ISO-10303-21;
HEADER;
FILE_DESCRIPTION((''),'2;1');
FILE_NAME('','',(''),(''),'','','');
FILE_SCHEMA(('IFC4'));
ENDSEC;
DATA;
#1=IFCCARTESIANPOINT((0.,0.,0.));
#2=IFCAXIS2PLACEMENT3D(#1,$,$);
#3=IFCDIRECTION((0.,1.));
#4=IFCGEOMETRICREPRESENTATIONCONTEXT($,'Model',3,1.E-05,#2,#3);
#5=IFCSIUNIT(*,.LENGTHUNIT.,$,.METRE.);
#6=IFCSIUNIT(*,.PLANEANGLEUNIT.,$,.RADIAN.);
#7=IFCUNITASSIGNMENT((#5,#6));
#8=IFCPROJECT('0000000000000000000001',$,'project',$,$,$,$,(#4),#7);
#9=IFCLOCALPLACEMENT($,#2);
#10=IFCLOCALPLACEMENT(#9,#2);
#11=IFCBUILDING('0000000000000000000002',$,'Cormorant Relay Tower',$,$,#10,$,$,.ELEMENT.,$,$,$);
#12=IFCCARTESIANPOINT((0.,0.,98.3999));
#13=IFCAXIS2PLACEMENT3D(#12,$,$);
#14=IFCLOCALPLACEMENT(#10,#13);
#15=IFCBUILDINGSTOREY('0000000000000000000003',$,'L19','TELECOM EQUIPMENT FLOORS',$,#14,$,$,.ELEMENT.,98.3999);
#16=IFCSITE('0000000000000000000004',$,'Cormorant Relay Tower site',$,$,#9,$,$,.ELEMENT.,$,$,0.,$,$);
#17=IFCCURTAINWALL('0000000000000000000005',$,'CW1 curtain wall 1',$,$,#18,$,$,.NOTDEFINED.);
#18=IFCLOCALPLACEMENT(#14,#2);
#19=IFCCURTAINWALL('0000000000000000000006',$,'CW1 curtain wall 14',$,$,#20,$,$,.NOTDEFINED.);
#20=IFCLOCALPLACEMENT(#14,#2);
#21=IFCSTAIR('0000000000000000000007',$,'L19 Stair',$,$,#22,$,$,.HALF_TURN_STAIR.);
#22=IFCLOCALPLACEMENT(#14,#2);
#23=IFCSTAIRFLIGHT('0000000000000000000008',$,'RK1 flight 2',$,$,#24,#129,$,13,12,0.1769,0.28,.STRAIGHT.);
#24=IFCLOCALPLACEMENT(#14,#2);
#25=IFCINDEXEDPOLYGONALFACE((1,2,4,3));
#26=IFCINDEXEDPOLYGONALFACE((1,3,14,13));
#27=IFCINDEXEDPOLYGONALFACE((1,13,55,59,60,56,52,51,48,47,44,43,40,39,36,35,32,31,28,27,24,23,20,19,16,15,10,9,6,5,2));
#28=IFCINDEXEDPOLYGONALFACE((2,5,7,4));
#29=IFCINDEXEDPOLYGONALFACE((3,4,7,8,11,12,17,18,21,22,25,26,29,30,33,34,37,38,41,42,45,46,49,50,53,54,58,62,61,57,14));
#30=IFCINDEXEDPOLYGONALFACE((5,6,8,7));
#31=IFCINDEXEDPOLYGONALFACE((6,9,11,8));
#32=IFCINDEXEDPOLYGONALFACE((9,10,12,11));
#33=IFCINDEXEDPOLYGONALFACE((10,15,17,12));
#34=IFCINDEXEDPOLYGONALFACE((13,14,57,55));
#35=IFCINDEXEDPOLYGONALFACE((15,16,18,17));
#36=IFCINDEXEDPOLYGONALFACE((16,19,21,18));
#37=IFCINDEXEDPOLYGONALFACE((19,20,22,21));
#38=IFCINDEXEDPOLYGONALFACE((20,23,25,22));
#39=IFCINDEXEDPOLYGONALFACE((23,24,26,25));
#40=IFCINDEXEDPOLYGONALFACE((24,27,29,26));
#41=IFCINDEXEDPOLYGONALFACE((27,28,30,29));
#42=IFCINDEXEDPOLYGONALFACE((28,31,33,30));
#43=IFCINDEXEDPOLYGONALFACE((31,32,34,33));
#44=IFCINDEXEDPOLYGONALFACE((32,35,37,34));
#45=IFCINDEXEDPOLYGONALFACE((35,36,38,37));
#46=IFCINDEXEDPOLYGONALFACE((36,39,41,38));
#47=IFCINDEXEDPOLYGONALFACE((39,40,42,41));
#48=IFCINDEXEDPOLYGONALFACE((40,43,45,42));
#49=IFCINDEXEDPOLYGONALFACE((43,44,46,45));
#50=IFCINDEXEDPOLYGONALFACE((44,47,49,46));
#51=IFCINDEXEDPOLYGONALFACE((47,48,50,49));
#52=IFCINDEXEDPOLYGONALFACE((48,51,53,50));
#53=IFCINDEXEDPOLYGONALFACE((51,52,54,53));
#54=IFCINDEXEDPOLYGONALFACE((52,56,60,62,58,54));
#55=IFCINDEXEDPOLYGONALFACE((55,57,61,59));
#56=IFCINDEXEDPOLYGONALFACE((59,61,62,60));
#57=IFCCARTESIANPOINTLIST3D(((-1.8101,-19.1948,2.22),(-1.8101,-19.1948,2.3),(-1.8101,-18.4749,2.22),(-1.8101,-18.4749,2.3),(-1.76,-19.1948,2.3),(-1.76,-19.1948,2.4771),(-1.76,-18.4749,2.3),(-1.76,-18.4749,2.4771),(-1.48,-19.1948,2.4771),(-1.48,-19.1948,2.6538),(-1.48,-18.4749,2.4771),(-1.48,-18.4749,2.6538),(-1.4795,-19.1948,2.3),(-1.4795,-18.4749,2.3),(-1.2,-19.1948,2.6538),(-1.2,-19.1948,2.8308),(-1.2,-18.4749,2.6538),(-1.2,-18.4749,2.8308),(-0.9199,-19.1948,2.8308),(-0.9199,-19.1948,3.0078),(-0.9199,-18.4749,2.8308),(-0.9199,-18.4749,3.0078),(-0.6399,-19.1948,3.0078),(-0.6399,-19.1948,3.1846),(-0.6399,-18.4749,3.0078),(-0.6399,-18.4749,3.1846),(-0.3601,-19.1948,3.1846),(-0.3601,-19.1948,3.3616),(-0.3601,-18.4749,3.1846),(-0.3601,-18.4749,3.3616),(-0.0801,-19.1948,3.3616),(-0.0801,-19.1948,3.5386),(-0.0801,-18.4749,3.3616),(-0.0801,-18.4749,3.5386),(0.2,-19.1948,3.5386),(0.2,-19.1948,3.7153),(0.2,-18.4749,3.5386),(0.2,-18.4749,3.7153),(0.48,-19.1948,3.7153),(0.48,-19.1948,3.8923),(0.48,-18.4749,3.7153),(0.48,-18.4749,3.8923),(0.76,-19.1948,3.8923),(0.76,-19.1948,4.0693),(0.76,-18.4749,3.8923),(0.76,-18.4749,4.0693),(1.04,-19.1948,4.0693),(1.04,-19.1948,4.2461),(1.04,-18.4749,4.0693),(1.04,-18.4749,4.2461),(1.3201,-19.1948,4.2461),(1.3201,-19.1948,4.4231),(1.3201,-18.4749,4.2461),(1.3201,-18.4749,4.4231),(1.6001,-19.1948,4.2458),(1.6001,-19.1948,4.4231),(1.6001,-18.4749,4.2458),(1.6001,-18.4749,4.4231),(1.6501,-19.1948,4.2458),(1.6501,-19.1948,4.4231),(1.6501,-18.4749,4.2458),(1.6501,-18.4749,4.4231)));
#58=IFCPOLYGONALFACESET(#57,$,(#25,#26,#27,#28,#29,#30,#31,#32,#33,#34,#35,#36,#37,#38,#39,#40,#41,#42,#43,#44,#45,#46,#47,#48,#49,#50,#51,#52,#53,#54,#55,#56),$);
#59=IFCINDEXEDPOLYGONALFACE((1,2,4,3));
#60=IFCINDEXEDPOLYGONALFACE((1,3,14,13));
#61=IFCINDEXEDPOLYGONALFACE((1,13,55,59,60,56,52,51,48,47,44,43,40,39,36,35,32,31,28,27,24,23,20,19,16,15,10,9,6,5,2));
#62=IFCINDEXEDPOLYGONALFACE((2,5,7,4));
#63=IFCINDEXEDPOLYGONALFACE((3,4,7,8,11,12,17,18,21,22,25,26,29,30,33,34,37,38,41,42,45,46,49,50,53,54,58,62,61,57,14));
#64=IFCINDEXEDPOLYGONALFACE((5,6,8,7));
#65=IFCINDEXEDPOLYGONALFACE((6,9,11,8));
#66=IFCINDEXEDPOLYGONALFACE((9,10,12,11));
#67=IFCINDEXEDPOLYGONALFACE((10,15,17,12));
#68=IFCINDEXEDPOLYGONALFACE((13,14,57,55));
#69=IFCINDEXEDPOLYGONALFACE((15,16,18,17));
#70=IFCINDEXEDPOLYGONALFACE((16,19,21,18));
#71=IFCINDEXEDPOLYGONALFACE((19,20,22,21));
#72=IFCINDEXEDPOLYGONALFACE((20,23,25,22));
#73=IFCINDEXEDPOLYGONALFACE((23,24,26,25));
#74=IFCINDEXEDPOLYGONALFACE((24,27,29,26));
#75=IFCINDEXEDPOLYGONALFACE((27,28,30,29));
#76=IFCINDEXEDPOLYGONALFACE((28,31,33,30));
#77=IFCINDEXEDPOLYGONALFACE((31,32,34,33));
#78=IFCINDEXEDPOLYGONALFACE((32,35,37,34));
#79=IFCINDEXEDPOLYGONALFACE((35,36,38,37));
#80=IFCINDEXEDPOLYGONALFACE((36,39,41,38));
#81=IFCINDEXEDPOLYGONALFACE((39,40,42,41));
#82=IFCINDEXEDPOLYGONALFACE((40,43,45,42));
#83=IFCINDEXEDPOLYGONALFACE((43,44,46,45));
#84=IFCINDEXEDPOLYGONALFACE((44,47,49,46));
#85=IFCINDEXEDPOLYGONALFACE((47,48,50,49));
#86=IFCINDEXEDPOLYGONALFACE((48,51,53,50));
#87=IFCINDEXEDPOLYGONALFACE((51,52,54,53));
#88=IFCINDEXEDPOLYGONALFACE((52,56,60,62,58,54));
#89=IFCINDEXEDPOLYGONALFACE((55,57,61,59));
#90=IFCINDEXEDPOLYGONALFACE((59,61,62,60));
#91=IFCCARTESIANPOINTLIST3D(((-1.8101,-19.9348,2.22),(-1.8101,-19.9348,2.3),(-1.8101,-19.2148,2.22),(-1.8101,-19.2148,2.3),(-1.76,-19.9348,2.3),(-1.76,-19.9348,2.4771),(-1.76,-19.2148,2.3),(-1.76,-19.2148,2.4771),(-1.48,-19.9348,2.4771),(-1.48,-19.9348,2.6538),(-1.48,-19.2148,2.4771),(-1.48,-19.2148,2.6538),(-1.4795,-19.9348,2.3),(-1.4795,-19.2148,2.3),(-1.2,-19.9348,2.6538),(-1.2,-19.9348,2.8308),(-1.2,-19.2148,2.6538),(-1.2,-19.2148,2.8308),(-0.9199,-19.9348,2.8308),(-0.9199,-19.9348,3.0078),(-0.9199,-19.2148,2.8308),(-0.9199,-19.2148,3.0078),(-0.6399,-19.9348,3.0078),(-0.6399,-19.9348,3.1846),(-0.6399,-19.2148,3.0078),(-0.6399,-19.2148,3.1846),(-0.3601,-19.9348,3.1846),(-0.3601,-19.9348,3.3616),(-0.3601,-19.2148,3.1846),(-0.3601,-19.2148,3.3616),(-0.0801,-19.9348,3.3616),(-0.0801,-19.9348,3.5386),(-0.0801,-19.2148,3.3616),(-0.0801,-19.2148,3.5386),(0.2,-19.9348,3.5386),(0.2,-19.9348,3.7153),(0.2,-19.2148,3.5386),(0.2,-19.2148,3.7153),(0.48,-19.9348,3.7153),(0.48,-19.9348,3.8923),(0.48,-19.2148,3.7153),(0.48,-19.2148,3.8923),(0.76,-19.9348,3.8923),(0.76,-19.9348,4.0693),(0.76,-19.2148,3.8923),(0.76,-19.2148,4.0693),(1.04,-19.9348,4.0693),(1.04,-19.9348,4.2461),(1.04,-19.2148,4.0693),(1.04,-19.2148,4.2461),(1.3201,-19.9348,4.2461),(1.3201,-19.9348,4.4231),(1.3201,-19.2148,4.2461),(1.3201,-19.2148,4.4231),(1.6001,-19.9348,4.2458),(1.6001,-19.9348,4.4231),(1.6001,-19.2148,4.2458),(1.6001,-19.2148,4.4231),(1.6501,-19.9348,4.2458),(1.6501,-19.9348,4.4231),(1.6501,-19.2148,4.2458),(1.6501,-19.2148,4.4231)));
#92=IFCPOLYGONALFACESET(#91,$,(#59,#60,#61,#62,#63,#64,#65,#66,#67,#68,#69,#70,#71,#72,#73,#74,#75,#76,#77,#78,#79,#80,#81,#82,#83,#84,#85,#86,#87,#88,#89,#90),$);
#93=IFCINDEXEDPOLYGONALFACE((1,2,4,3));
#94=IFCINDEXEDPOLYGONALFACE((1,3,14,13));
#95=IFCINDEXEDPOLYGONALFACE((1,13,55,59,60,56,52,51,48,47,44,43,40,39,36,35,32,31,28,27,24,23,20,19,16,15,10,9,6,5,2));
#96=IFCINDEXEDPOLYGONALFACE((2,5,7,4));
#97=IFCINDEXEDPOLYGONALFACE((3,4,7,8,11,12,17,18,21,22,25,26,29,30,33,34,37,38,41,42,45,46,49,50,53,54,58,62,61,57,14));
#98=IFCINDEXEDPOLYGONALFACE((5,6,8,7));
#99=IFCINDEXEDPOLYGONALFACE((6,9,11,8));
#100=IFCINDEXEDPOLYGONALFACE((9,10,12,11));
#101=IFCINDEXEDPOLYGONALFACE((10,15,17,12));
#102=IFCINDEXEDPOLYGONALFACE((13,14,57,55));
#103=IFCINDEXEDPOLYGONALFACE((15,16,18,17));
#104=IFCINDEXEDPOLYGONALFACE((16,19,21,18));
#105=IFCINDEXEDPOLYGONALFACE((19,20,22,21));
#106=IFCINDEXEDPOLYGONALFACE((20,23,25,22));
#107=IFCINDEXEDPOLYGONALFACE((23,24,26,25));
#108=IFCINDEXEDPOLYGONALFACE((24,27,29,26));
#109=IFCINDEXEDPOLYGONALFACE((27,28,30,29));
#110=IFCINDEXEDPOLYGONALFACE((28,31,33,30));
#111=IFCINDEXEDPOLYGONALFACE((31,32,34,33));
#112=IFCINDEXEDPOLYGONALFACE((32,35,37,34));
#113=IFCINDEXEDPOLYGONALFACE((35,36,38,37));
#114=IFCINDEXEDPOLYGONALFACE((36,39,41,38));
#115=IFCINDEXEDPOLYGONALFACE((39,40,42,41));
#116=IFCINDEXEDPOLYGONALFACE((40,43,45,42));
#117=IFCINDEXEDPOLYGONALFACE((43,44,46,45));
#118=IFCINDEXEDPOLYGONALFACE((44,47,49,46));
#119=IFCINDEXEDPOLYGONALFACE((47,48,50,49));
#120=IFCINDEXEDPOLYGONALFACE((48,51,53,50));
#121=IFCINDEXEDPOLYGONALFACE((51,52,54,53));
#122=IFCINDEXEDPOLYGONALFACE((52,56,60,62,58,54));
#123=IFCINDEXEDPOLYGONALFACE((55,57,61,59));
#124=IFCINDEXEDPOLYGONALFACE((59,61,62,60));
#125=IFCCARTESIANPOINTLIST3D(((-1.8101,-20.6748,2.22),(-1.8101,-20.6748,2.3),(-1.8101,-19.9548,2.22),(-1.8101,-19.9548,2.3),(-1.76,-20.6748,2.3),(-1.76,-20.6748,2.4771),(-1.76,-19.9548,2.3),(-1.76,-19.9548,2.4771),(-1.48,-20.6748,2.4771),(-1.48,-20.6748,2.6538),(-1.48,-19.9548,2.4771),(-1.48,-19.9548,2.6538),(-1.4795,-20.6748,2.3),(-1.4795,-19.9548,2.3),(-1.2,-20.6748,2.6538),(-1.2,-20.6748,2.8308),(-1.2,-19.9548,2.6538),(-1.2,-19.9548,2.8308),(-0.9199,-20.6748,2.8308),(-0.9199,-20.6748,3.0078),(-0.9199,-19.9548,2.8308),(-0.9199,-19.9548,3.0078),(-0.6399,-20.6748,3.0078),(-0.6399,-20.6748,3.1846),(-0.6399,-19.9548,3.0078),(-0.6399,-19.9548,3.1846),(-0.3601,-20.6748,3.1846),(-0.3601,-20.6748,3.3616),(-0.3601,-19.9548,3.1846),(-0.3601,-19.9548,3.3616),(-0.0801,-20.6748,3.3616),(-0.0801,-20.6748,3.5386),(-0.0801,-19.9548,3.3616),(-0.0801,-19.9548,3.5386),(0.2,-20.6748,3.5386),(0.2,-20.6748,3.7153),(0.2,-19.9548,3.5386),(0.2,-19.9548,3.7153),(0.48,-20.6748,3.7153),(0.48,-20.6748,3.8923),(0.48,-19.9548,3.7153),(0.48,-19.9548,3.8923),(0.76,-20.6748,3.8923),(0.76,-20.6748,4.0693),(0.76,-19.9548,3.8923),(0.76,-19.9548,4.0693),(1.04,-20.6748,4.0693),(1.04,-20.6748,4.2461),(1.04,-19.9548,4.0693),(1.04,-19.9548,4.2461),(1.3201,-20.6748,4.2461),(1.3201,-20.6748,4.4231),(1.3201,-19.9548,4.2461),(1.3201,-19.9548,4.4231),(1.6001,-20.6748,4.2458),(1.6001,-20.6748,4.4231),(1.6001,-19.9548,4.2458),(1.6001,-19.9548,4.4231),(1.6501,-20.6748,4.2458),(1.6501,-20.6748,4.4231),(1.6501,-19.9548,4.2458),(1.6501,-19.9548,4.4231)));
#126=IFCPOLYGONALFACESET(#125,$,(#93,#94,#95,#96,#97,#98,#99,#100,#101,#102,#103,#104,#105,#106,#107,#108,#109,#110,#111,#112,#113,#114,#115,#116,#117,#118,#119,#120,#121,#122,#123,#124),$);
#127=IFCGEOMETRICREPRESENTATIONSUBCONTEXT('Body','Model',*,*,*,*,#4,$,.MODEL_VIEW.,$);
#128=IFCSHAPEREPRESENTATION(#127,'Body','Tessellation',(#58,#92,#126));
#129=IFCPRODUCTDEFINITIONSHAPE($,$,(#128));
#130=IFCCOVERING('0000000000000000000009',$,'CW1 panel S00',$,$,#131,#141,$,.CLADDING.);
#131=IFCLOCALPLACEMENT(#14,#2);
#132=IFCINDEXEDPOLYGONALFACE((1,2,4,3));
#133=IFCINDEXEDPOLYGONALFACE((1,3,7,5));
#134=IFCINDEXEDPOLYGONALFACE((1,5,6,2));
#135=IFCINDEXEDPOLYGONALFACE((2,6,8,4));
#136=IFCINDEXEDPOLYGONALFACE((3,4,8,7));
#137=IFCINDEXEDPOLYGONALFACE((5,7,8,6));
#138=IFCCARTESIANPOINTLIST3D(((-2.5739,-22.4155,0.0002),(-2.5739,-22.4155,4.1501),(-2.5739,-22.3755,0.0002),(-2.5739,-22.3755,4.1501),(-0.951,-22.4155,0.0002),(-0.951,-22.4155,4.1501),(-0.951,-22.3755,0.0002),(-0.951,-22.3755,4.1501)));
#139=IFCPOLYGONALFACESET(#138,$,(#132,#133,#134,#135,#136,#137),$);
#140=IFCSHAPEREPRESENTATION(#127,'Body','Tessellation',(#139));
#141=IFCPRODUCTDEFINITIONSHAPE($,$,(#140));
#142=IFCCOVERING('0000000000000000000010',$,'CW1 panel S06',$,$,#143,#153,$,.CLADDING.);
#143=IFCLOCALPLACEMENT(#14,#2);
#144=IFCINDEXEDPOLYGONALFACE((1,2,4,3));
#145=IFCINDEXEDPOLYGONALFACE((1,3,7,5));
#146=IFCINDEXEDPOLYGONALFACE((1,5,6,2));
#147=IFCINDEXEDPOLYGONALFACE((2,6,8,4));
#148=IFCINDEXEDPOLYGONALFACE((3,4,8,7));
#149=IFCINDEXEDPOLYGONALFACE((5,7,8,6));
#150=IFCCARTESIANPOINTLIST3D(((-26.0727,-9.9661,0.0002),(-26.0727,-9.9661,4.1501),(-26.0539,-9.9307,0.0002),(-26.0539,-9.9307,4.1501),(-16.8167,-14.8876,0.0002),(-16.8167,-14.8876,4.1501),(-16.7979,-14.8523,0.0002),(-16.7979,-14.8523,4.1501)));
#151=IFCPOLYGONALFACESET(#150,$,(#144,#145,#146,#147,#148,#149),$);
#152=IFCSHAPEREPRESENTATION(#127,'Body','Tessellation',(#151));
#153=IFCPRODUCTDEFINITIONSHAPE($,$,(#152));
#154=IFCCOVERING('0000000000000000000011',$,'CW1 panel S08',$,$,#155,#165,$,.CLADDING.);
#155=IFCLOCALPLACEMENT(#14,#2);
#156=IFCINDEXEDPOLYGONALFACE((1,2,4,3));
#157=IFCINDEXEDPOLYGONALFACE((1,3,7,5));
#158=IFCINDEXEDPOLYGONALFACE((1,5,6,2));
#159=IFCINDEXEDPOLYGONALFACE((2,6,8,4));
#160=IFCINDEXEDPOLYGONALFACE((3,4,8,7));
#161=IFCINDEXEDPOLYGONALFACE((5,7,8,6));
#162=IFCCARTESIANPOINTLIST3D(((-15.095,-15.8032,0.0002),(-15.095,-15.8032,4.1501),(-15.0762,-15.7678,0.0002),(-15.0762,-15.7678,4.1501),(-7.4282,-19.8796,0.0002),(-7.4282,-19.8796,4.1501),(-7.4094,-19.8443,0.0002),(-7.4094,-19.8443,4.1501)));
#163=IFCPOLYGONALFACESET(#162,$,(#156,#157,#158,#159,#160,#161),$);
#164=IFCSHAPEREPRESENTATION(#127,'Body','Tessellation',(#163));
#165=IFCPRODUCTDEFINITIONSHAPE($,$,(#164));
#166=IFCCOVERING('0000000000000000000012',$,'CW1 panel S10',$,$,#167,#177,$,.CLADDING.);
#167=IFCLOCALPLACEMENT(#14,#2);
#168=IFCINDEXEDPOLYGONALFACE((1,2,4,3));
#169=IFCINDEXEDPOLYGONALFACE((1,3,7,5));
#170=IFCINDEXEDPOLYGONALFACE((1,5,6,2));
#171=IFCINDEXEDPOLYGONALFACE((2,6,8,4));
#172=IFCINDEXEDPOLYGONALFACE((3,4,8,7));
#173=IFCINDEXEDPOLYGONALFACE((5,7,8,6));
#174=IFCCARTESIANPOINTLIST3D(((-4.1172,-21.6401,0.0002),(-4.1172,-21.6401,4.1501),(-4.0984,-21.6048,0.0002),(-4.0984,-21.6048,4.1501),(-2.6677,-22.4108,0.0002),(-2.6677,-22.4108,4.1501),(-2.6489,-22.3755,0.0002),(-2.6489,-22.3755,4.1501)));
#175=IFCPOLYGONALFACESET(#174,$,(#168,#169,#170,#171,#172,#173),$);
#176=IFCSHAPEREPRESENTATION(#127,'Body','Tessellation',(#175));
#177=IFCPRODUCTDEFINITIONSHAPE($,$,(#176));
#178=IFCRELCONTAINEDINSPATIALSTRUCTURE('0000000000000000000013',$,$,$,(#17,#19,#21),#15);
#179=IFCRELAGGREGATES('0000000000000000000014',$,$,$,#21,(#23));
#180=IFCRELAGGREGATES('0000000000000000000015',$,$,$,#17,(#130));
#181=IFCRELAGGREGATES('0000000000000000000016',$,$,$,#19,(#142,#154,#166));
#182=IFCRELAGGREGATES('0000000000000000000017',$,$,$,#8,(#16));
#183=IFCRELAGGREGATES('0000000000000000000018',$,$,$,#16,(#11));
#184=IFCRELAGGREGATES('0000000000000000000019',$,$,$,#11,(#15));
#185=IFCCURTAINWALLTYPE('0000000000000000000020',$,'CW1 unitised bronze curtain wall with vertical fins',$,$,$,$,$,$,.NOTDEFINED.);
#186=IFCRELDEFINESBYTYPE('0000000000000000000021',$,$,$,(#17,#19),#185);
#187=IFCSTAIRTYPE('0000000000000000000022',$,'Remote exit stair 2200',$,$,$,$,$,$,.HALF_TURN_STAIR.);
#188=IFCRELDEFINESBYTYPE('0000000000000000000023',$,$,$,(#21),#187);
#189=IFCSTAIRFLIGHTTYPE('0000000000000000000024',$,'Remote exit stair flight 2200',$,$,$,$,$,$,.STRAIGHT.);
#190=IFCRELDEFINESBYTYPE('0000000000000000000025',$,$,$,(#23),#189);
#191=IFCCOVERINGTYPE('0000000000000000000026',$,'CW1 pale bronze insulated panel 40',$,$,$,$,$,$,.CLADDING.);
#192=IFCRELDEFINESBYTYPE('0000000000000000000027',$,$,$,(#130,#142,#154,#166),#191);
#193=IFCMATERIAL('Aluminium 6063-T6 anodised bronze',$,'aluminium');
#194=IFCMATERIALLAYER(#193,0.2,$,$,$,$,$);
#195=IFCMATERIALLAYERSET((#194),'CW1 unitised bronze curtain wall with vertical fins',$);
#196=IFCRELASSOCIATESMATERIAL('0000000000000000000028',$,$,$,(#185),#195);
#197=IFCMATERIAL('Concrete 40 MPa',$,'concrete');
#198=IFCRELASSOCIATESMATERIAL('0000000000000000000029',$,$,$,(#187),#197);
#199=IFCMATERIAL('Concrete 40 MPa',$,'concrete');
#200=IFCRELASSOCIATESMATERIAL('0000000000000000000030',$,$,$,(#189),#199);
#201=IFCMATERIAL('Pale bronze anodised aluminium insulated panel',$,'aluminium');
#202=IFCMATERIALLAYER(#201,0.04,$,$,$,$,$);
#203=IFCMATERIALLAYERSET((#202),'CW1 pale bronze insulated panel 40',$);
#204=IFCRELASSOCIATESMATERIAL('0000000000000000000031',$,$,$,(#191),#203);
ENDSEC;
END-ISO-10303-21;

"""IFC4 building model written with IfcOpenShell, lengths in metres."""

from ifc_helpers import new_model, si_unit, direction, frame, origin, origin_2d, place, context, subcontext, project, spatial, polyline, rectangle, outline, extrude, material, layer, layer_set, type_object, element, aggregate, save


model = new_model("IFC4")

# Units and contexts
model_context = context("Model", 3, precision=1e-05, world=origin(), true_north=direction((0.0, 1.0)))
body_context = subcontext(model_context, "Body", "Model", "MODEL_VIEW")
ifc_project = project(units=[si_unit("LENGTHUNIT", "METRE"), si_unit("PLANEANGLEUNIT", "RADIAN")], contexts=[model_context])

# Site, building, storey
site_placement = place(None, origin())
site = spatial("IfcSite", under=ifc_project, at=site_placement, Name="Cormorant Relay Tower site", CompositionType="ELEMENT", RefElevation=0.0)
building_placement = place(site_placement, origin())
building = spatial("IfcBuilding", under=site, at=building_placement, Name="Cormorant Relay Tower", CompositionType="ELEMENT")
storey_placement = place(building_placement, frame((0.0, 0.0, 98.3999)))
storey = spatial("IfcBuildingStorey", under=building, at=storey_placement, Name="L19", Description="TELECOM EQUIPMENT FLOORS", CompositionType="ELEMENT", Elevation=98.3999)

# Curtain wall
ifc_material_1 = material(Name="Aluminium 6063-T6 anodised bronze", Category="aluminium")
ifc_layer_1 = layer(ifc_material_1, 0.2)
ifc_layer_set_1 = layer_set([ifc_layer_1], Name="CW1 unitised bronze curtain wall with vertical fins")
curtain_wall_type = type_object("IfcCurtainWallType", Name="CW1 unitised bronze curtain wall with vertical fins", PredefinedType="NOTDEFINED", material=ifc_layer_set_1)
curtain_wall_1_placement = place(storey_placement, origin())
curtain_wall_1 = element("IfcCurtainWall", 1, at=curtain_wall_1_placement, inside=storey, type_object=curtain_wall_type, Name="CW1 curtain wall 1", PredefinedType="NOTDEFINED")

# Curtain wall
curtain_wall_2_placement = place(storey_placement, origin())
curtain_wall_2 = element("IfcCurtainWall", 2, at=curtain_wall_2_placement, inside=storey, type_object=curtain_wall_type, Name="CW1 curtain wall 14", PredefinedType="NOTDEFINED")

# Stair, stair flight
ifc_material_2 = material(Name="Concrete 40 MPa", Category="concrete")
stair_type = type_object("IfcStairType", Name="Remote exit stair 2200", PredefinedType="HALF_TURN_STAIR", material=ifc_material_2)
stair_placement = place(storey_placement, origin())
stair = element("IfcStair", 3, at=stair_placement, inside=storey, type_object=stair_type, Name="L19 Stair", PredefinedType="HALF_TURN_STAIR")
ifc_material_3 = material(Name="Concrete 40 MPa", Category="concrete")
stair_flight_type = type_object("IfcStairFlightType", Name="Remote exit stair flight 2200", PredefinedType="STRAIGHT", material=ifc_material_3)
stair_flight_placement = place(storey_placement, frame((-1.76, -19.575, 2.3), z_axis=(0.0, 0.0, 1.0), x_axis=(1.0, 0.0, 0.0)))
stair_flight = element("IfcStairFlight", 4, at=stair_flight_placement, type_object=stair_flight_type, Name="RK1 flight 2", NumberOfRisers=13, NumberOfTreads=12, PredefinedType="STRAIGHT", RiserHeight=0.1769, TreadLength=0.28, context=body_context, shape_type="SweptSolid", body=[
    extrude(outline(polyline([(-0.05, -0.0801), (-0.05, 0.0), (0.0, 0.0), (0.0, 0.177), (0.28, 0.177), (0.28, 0.3538), (0.5601, 0.3538), (0.5601, 0.5308), (0.8401, 0.5308), (0.8401, 0.7078), (1.1201, 0.7078), (1.1201, 0.8845), (1.3999, 0.8845), (1.3999, 1.0615), (1.6799, 1.0615), (1.6799, 1.2385), (1.96, 1.2385), (1.96, 1.4153), (2.24, 1.4153), (2.24, 1.5923), (2.52, 1.5923), (2.52, 1.7693), (2.8, 1.7693), (2.8, 1.946), (3.0801, 1.946), (3.0801, 2.123), (3.3601, 2.123), (3.4102, 2.123), (3.4102, 1.9458), (3.3601, 1.9458), (0.2805, 0.0), (-0.05, -0.0801)])), frame((0.0, 1.1001, 0.0), z_axis=(0.0, -1.0, 0.0), x_axis=(1.0, 0.0, 0.0)), (0.0, 0.0, 1.0), 0.72),
    extrude(outline(polyline([(-0.05, -0.0801), (-0.05, 0.0), (0.0, 0.0), (0.0, 0.177), (0.28, 0.177), (0.28, 0.3538), (0.5601, 0.3538), (0.5601, 0.5308), (0.8401, 0.5308), (0.8401, 0.7078), (1.1201, 0.7078), (1.1201, 0.8845), (1.3999, 0.8845), (1.3999, 1.0615), (1.6799, 1.0615), (1.6799, 1.2385), (1.96, 1.2385), (1.96, 1.4153), (2.24, 1.4153), (2.24, 1.5923), (2.52, 1.5923), (2.52, 1.7693), (2.8, 1.7693), (2.8, 1.946), (3.0801, 1.946), (3.0801, 2.123), (3.3601, 2.123), (3.4102, 2.123), (3.4102, 1.9458), (3.3601, 1.9458), (0.2805, 0.0), (-0.05, -0.0801)])), frame((0.0, 0.3601, 0.0), z_axis=(0.0, -1.0, 0.0), x_axis=(1.0, 0.0, 0.0)), (0.0, 0.0, 1.0), 0.72),
    extrude(outline(polyline([(-0.05, -0.0801), (-0.05, 0.0), (0.0, 0.0), (0.0, 0.177), (0.28, 0.177), (0.28, 0.3538), (0.5601, 0.3538), (0.5601, 0.5308), (0.8401, 0.5308), (0.8401, 0.7078), (1.1201, 0.7078), (1.1201, 0.8845), (1.3999, 0.8845), (1.3999, 1.0615), (1.6799, 1.0615), (1.6799, 1.2385), (1.96, 1.2385), (1.96, 1.4153), (2.24, 1.4153), (2.24, 1.5923), (2.52, 1.5923), (2.52, 1.7693), (2.8, 1.7693), (2.8, 1.946), (3.0801, 1.946), (3.0801, 2.123), (3.3601, 2.123), (3.4102, 2.123), (3.4102, 1.9458), (3.3601, 1.9458), (0.2805, 0.0), (-0.05, -0.0801)])), frame((0.0, -0.3799, 0.0), z_axis=(0.0, -1.0, 0.0), x_axis=(1.0, 0.0, 0.0)), (0.0, 0.0, 1.0), 0.72),
])
aggregate(stair, [stair_flight])

# Coverings
ifc_material_4 = material(Name="Pale bronze anodised aluminium insulated panel", Category="aluminium")
ifc_layer_2 = layer(ifc_material_4, 0.04)
ifc_layer_set_2 = layer_set([ifc_layer_2], Name="CW1 pale bronze insulated panel 40")
covering_type = type_object("IfcCoveringType", Name="CW1 pale bronze insulated panel 40", PredefinedType="CLADDING", material=ifc_layer_set_2)
covering_1_placement = place(storey_placement, frame((-1.7625, -22.3955, 0.0002), z_axis=(0.0, 0.0, 1.0), x_axis=(1.0, 0.0, 0.0)))
covering_1 = element("IfcCovering", 5, at=covering_1_placement, type_object=covering_type, Name="CW1 panel S00", PredefinedType="CLADDING", context=body_context, shape_type="SweptSolid", body=[
    extrude(rectangle(XDim=1.6228, YDim=0.04, at=origin_2d()), origin(), (0.0, 0.0, 1.0), 4.1499),
])
aggregate(curtain_wall_1, [covering_1])
covering_2_placement = place(storey_placement, frame((-21.4353, -12.4092, 0.0002), z_axis=(0.0, 0.0, 1.0), x_axis=(0.882948, -0.469472, 0.0)))
covering_2 = element("IfcCovering", 6, at=covering_2_placement, type_object=covering_type, Name="CW1 panel S06", PredefinedType="CLADDING", context=body_context, shape_type="SweptSolid", body=[
    extrude(rectangle(XDim=10.4832, YDim=0.04, at=origin_2d()), origin(), (0.0, 0.0, 1.0), 4.1499),
])
covering_3_placement = place(storey_placement, frame((-11.2522, -17.8237, 0.0002), z_axis=(0.0, 0.0, 1.0), x_axis=(0.882948, -0.469472, 0.0)))
covering_3 = element("IfcCovering", 7, at=covering_3_placement, type_object=covering_type, Name="CW1 panel S08", PredefinedType="CLADDING", context=body_context, shape_type="SweptSolid", body=[
    extrude(rectangle(XDim=8.6831, YDim=0.04, at=origin_2d()), origin(), (0.0, 0.0, 1.0), 4.1499),
])
covering_4_placement = place(storey_placement, frame((-3.3831, -22.0078, 0.0002), z_axis=(0.0, 0.0, 1.0), x_axis=(0.882948, -0.469472, 0.0)))
covering_4 = element("IfcCovering", 8, at=covering_4_placement, type_object=covering_type, Name="CW1 panel S10", PredefinedType="CLADDING", context=body_context, shape_type="SweptSolid", body=[
    extrude(rectangle(XDim=1.6416, YDim=0.04, at=origin_2d()), origin(), (0.0, 0.0, 1.0), 4.1499),
])
aggregate(curtain_wall_2, [covering_2, covering_3, covering_4])

save(model, "model.ifc")
